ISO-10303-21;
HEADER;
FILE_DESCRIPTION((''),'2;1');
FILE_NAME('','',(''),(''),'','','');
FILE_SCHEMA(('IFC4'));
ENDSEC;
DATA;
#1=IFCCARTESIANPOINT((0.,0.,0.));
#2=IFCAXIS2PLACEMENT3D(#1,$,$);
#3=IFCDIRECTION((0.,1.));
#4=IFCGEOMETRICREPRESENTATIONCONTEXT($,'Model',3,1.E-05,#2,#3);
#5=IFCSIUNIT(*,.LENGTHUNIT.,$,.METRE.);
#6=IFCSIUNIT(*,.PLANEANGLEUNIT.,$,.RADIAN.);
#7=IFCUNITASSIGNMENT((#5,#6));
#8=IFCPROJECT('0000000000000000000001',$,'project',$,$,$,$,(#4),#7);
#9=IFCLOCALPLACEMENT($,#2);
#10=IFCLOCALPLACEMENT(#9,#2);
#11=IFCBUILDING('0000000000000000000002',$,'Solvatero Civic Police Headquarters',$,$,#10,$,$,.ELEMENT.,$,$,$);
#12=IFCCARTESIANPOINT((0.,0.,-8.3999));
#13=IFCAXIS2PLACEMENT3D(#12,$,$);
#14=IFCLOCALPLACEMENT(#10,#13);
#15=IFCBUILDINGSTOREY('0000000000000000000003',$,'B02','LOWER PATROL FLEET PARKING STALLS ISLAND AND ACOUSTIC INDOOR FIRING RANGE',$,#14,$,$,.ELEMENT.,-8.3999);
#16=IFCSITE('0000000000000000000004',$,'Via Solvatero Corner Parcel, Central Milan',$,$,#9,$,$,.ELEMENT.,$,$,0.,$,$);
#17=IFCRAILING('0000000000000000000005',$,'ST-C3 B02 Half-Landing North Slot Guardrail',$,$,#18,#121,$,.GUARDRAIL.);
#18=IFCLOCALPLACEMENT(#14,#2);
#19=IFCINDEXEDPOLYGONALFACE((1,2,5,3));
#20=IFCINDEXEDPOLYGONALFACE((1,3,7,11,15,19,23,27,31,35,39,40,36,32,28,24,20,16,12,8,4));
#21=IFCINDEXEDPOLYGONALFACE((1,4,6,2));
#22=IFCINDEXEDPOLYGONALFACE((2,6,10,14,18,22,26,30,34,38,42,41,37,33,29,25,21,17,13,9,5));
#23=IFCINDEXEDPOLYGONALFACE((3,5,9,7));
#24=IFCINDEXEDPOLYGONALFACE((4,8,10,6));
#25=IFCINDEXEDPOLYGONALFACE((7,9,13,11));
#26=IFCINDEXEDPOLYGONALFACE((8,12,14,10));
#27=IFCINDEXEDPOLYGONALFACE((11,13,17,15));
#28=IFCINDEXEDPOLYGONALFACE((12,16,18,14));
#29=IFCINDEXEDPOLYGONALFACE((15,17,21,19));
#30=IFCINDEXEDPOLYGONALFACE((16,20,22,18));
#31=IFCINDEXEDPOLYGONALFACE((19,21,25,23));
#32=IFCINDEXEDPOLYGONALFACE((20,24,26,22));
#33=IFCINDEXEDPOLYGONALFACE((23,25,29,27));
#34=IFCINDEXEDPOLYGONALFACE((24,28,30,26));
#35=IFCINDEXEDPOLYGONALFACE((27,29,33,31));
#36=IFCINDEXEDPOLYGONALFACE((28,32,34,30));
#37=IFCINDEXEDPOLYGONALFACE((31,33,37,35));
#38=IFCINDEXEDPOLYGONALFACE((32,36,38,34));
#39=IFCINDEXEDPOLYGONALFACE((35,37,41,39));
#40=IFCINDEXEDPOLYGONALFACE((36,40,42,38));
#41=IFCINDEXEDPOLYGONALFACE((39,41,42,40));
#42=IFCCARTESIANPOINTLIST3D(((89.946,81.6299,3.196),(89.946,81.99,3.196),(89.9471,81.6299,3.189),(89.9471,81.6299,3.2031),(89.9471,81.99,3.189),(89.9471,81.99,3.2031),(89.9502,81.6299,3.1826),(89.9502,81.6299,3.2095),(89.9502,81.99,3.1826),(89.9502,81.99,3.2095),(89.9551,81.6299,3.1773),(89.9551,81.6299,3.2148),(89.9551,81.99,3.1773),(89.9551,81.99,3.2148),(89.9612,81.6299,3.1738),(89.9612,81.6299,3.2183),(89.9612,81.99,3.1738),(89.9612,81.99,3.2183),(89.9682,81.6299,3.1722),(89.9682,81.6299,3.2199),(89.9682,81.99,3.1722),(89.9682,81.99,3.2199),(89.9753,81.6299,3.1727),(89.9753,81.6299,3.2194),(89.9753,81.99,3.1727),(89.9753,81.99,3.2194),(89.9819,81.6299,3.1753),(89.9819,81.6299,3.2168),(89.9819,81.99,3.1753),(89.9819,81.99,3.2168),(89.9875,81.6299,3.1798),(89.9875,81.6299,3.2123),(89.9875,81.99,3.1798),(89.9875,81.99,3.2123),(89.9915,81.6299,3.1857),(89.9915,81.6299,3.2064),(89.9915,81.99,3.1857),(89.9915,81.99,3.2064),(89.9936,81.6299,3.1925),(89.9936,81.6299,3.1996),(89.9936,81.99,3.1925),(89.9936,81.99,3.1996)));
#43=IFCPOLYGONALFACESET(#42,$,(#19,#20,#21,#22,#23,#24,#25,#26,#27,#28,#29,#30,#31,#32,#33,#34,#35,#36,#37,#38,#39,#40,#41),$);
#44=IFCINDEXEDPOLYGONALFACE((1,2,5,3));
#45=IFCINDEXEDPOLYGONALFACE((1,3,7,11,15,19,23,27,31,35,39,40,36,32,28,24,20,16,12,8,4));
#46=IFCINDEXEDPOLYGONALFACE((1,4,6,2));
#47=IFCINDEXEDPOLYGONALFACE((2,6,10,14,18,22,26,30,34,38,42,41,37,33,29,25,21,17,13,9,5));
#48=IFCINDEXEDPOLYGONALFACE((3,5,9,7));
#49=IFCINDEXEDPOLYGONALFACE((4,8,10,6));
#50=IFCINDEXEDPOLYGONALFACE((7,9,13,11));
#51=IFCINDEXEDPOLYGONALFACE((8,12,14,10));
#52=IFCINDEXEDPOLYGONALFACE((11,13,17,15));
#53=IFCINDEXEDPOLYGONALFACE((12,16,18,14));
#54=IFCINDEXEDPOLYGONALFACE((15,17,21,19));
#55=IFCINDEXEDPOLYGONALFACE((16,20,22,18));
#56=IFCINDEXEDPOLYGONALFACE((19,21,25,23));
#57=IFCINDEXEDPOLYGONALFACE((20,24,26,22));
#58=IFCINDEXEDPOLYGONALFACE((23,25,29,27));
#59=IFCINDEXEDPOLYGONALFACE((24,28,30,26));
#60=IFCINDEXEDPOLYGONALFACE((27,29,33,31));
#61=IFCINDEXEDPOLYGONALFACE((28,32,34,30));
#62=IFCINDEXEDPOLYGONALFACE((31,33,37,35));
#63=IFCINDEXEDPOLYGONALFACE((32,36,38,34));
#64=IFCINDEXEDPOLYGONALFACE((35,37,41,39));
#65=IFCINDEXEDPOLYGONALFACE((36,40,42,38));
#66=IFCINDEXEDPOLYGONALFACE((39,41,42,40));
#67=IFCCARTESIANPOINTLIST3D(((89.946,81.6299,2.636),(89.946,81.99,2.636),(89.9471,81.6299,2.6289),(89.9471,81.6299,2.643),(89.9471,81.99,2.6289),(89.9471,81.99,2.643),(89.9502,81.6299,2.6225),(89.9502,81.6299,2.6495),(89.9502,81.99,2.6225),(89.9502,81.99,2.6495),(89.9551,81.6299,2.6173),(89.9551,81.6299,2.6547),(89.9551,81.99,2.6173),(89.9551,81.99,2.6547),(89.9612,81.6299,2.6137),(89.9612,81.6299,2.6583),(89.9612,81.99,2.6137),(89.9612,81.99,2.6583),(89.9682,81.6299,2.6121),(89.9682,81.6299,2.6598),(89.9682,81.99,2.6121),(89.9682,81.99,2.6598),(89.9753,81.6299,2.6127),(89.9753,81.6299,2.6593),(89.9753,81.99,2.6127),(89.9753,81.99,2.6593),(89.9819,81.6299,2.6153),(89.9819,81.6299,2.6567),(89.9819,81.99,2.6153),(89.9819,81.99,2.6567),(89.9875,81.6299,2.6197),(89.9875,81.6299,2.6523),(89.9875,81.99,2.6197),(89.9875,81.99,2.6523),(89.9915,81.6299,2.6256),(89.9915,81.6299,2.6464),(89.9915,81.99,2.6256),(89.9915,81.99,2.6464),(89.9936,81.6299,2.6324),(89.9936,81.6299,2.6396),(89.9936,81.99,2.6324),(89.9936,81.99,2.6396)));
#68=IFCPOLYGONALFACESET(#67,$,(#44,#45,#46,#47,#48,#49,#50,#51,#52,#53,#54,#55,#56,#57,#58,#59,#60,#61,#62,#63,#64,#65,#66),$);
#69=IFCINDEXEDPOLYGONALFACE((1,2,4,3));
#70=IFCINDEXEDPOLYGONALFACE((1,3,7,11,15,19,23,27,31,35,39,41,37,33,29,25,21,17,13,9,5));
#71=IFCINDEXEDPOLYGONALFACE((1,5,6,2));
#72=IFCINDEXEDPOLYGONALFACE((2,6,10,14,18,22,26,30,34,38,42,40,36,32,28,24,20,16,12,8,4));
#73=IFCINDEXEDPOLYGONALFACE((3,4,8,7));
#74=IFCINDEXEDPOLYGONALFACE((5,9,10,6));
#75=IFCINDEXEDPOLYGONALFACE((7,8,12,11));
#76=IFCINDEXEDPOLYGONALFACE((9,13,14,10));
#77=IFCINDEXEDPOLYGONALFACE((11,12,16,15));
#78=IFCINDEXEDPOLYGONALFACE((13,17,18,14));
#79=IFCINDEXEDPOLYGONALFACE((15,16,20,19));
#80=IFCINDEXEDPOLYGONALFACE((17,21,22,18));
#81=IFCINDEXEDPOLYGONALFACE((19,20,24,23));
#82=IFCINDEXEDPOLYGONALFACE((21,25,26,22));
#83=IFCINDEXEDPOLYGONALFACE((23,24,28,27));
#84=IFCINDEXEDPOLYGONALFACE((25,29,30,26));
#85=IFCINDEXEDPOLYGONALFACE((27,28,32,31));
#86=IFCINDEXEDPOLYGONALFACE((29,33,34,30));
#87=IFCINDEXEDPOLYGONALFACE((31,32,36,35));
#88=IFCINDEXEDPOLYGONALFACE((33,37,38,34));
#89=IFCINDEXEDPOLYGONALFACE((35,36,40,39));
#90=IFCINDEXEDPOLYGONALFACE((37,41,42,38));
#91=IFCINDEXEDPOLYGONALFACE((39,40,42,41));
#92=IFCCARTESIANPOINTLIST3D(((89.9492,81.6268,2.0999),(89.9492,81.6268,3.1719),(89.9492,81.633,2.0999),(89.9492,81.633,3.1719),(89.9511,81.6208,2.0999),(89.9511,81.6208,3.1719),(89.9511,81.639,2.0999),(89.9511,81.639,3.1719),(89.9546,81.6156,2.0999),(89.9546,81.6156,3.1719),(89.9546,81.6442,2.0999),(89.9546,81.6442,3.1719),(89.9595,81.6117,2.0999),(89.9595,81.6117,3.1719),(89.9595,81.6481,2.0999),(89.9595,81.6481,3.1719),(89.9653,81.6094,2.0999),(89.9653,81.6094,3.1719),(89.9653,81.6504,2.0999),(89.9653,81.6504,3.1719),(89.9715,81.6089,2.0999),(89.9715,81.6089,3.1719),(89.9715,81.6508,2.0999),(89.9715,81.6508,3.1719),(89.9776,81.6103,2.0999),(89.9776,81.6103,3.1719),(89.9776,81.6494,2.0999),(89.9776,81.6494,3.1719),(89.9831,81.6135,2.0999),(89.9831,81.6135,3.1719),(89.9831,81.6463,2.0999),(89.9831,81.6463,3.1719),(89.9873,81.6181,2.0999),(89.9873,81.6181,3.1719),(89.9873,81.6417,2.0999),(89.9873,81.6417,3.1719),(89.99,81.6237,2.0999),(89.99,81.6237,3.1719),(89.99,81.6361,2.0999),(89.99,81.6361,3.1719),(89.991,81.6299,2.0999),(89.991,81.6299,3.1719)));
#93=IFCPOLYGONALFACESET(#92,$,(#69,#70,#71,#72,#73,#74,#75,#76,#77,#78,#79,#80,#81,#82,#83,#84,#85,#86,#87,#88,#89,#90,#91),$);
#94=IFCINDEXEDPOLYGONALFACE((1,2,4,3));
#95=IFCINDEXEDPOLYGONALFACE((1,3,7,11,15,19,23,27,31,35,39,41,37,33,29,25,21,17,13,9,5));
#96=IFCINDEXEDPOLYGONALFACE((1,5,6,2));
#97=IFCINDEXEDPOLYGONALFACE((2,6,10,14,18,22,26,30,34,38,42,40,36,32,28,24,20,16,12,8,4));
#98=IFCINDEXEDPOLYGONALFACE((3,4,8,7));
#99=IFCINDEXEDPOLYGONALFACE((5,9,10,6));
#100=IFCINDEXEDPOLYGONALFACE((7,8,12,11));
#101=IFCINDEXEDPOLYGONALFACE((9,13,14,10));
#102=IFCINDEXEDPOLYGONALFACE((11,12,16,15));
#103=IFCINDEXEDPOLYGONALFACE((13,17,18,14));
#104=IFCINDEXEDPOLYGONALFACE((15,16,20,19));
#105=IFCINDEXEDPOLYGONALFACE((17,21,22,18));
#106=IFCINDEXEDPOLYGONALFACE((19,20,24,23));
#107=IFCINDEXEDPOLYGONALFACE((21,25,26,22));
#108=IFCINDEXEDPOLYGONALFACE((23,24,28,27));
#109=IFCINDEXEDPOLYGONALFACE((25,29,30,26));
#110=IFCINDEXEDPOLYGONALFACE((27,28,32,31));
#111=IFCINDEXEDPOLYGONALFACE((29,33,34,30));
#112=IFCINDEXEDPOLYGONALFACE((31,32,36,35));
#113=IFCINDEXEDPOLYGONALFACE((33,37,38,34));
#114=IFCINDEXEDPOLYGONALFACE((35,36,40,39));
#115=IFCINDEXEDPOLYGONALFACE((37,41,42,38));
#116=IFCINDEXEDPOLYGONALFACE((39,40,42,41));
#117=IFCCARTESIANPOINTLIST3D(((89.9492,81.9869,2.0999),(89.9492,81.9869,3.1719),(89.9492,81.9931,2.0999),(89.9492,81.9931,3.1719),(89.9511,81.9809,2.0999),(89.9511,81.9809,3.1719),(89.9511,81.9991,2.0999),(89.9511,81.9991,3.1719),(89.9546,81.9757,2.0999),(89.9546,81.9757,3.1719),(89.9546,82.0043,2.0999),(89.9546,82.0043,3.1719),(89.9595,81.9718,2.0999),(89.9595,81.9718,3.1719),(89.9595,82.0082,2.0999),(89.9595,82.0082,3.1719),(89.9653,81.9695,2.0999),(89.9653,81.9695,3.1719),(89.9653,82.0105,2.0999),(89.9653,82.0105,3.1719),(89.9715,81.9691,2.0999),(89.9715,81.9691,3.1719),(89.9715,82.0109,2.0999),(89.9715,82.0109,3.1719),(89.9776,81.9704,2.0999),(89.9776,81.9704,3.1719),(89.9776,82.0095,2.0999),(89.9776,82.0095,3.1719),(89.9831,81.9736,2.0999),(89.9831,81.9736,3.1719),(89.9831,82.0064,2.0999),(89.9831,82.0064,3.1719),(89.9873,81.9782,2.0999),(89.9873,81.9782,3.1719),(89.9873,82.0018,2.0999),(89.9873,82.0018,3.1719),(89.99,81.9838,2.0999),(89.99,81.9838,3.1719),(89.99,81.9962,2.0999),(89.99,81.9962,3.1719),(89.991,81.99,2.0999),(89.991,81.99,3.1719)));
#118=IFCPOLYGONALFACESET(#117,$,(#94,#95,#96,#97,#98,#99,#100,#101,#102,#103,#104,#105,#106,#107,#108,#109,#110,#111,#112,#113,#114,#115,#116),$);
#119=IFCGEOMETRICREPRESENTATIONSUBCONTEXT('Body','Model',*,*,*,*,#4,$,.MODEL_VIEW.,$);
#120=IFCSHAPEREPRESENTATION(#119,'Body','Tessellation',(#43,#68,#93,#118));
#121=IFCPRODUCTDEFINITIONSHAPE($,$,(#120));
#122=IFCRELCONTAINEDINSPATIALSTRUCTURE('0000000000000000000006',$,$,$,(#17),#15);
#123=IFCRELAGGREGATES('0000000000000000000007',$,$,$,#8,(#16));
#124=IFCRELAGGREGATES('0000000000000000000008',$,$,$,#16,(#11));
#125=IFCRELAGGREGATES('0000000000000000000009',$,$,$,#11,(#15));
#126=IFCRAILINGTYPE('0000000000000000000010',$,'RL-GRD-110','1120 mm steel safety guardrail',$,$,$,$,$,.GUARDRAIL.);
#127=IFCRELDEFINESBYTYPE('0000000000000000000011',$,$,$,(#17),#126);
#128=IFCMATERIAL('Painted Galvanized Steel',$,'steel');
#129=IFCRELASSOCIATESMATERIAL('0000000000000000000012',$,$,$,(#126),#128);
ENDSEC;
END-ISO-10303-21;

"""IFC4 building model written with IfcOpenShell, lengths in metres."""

from ifc_helpers import new_model, si_unit, direction, frame, origin, origin_2d, place, context, subcontext, project, spatial, circle, extrude, material, type_object, element, save


model = new_model("IFC4")

# Units and contexts
model_context = context("Model", 3, precision=1e-05, world=origin(), true_north=direction((0.0, 1.0)))
body_context = subcontext(model_context, "Body", "Model", "MODEL_VIEW")
ifc_project = project(units=[si_unit("LENGTHUNIT", "METRE"), si_unit("PLANEANGLEUNIT", "RADIAN")], contexts=[model_context])

# Site, building, storey
site_placement = place(None, origin())
site = spatial("IfcSite", under=ifc_project, at=site_placement, Name="Via Solvatero Corner Parcel, Central Milan", CompositionType="ELEMENT", RefElevation=0.0)
building_placement = place(site_placement, origin())
building = spatial("IfcBuilding", under=site, at=building_placement, Name="Solvatero Civic Police Headquarters", CompositionType="ELEMENT")
storey_placement = place(building_placement, frame((0.0, 0.0, -8.3999)))
storey = spatial("IfcBuildingStorey", under=building, at=storey_placement, Name="B02", Description="LOWER PATROL FLEET PARKING STALLS ISLAND AND ACOUSTIC INDOOR FIRING RANGE", CompositionType="ELEMENT", Elevation=-8.3999)

# Railing
ifc_material_1 = material(Name="Painted Galvanized Steel", Category="steel")
railing_type_1 = type_object("IfcRailingType", Name="RL-GRD-110", Description="1120 mm steel safety guardrail", PredefinedType="GUARDRAIL", material=ifc_material_1)
railing_1_placement = place(storey_placement, frame((89.97, 81.6299, 2.0999)))
element("IfcRailing", 1, at=railing_1_placement, inside=storey, type_object=railing_type_1, Name="ST-C3 B02 Half-Landing North Slot Guardrail", PredefinedType="GUARDRAIL", context=body_context, shape_type="SweptSolid", body=[
    extrude(circle(Radius=0.0239, at=origin_2d()), frame((0.0, 0.0, 1.0962), z_axis=(0.0, 1.0, 0.0), x_axis=(-1.0, 0.0, 0.0)), (0.0, 0.0, 1.0), 0.3601),
    extrude(circle(Radius=0.0239, at=origin_2d()), frame((0.0, 0.0, 0.5361), z_axis=(0.0, 1.0, 0.0), x_axis=(-1.0, 0.0, 0.0)), (0.0, 0.0, 1.0), 0.3601),
    extrude(circle(Radius=0.021, at=origin_2d()), origin(), (0.0, 0.0, 1.0), 1.072),
    extrude(circle(Radius=0.021, at=origin_2d()), frame((0.0, 0.3601, 0.0)), (0.0, 0.0, 1.0), 1.072),
])

save(model, "model.ifc")
